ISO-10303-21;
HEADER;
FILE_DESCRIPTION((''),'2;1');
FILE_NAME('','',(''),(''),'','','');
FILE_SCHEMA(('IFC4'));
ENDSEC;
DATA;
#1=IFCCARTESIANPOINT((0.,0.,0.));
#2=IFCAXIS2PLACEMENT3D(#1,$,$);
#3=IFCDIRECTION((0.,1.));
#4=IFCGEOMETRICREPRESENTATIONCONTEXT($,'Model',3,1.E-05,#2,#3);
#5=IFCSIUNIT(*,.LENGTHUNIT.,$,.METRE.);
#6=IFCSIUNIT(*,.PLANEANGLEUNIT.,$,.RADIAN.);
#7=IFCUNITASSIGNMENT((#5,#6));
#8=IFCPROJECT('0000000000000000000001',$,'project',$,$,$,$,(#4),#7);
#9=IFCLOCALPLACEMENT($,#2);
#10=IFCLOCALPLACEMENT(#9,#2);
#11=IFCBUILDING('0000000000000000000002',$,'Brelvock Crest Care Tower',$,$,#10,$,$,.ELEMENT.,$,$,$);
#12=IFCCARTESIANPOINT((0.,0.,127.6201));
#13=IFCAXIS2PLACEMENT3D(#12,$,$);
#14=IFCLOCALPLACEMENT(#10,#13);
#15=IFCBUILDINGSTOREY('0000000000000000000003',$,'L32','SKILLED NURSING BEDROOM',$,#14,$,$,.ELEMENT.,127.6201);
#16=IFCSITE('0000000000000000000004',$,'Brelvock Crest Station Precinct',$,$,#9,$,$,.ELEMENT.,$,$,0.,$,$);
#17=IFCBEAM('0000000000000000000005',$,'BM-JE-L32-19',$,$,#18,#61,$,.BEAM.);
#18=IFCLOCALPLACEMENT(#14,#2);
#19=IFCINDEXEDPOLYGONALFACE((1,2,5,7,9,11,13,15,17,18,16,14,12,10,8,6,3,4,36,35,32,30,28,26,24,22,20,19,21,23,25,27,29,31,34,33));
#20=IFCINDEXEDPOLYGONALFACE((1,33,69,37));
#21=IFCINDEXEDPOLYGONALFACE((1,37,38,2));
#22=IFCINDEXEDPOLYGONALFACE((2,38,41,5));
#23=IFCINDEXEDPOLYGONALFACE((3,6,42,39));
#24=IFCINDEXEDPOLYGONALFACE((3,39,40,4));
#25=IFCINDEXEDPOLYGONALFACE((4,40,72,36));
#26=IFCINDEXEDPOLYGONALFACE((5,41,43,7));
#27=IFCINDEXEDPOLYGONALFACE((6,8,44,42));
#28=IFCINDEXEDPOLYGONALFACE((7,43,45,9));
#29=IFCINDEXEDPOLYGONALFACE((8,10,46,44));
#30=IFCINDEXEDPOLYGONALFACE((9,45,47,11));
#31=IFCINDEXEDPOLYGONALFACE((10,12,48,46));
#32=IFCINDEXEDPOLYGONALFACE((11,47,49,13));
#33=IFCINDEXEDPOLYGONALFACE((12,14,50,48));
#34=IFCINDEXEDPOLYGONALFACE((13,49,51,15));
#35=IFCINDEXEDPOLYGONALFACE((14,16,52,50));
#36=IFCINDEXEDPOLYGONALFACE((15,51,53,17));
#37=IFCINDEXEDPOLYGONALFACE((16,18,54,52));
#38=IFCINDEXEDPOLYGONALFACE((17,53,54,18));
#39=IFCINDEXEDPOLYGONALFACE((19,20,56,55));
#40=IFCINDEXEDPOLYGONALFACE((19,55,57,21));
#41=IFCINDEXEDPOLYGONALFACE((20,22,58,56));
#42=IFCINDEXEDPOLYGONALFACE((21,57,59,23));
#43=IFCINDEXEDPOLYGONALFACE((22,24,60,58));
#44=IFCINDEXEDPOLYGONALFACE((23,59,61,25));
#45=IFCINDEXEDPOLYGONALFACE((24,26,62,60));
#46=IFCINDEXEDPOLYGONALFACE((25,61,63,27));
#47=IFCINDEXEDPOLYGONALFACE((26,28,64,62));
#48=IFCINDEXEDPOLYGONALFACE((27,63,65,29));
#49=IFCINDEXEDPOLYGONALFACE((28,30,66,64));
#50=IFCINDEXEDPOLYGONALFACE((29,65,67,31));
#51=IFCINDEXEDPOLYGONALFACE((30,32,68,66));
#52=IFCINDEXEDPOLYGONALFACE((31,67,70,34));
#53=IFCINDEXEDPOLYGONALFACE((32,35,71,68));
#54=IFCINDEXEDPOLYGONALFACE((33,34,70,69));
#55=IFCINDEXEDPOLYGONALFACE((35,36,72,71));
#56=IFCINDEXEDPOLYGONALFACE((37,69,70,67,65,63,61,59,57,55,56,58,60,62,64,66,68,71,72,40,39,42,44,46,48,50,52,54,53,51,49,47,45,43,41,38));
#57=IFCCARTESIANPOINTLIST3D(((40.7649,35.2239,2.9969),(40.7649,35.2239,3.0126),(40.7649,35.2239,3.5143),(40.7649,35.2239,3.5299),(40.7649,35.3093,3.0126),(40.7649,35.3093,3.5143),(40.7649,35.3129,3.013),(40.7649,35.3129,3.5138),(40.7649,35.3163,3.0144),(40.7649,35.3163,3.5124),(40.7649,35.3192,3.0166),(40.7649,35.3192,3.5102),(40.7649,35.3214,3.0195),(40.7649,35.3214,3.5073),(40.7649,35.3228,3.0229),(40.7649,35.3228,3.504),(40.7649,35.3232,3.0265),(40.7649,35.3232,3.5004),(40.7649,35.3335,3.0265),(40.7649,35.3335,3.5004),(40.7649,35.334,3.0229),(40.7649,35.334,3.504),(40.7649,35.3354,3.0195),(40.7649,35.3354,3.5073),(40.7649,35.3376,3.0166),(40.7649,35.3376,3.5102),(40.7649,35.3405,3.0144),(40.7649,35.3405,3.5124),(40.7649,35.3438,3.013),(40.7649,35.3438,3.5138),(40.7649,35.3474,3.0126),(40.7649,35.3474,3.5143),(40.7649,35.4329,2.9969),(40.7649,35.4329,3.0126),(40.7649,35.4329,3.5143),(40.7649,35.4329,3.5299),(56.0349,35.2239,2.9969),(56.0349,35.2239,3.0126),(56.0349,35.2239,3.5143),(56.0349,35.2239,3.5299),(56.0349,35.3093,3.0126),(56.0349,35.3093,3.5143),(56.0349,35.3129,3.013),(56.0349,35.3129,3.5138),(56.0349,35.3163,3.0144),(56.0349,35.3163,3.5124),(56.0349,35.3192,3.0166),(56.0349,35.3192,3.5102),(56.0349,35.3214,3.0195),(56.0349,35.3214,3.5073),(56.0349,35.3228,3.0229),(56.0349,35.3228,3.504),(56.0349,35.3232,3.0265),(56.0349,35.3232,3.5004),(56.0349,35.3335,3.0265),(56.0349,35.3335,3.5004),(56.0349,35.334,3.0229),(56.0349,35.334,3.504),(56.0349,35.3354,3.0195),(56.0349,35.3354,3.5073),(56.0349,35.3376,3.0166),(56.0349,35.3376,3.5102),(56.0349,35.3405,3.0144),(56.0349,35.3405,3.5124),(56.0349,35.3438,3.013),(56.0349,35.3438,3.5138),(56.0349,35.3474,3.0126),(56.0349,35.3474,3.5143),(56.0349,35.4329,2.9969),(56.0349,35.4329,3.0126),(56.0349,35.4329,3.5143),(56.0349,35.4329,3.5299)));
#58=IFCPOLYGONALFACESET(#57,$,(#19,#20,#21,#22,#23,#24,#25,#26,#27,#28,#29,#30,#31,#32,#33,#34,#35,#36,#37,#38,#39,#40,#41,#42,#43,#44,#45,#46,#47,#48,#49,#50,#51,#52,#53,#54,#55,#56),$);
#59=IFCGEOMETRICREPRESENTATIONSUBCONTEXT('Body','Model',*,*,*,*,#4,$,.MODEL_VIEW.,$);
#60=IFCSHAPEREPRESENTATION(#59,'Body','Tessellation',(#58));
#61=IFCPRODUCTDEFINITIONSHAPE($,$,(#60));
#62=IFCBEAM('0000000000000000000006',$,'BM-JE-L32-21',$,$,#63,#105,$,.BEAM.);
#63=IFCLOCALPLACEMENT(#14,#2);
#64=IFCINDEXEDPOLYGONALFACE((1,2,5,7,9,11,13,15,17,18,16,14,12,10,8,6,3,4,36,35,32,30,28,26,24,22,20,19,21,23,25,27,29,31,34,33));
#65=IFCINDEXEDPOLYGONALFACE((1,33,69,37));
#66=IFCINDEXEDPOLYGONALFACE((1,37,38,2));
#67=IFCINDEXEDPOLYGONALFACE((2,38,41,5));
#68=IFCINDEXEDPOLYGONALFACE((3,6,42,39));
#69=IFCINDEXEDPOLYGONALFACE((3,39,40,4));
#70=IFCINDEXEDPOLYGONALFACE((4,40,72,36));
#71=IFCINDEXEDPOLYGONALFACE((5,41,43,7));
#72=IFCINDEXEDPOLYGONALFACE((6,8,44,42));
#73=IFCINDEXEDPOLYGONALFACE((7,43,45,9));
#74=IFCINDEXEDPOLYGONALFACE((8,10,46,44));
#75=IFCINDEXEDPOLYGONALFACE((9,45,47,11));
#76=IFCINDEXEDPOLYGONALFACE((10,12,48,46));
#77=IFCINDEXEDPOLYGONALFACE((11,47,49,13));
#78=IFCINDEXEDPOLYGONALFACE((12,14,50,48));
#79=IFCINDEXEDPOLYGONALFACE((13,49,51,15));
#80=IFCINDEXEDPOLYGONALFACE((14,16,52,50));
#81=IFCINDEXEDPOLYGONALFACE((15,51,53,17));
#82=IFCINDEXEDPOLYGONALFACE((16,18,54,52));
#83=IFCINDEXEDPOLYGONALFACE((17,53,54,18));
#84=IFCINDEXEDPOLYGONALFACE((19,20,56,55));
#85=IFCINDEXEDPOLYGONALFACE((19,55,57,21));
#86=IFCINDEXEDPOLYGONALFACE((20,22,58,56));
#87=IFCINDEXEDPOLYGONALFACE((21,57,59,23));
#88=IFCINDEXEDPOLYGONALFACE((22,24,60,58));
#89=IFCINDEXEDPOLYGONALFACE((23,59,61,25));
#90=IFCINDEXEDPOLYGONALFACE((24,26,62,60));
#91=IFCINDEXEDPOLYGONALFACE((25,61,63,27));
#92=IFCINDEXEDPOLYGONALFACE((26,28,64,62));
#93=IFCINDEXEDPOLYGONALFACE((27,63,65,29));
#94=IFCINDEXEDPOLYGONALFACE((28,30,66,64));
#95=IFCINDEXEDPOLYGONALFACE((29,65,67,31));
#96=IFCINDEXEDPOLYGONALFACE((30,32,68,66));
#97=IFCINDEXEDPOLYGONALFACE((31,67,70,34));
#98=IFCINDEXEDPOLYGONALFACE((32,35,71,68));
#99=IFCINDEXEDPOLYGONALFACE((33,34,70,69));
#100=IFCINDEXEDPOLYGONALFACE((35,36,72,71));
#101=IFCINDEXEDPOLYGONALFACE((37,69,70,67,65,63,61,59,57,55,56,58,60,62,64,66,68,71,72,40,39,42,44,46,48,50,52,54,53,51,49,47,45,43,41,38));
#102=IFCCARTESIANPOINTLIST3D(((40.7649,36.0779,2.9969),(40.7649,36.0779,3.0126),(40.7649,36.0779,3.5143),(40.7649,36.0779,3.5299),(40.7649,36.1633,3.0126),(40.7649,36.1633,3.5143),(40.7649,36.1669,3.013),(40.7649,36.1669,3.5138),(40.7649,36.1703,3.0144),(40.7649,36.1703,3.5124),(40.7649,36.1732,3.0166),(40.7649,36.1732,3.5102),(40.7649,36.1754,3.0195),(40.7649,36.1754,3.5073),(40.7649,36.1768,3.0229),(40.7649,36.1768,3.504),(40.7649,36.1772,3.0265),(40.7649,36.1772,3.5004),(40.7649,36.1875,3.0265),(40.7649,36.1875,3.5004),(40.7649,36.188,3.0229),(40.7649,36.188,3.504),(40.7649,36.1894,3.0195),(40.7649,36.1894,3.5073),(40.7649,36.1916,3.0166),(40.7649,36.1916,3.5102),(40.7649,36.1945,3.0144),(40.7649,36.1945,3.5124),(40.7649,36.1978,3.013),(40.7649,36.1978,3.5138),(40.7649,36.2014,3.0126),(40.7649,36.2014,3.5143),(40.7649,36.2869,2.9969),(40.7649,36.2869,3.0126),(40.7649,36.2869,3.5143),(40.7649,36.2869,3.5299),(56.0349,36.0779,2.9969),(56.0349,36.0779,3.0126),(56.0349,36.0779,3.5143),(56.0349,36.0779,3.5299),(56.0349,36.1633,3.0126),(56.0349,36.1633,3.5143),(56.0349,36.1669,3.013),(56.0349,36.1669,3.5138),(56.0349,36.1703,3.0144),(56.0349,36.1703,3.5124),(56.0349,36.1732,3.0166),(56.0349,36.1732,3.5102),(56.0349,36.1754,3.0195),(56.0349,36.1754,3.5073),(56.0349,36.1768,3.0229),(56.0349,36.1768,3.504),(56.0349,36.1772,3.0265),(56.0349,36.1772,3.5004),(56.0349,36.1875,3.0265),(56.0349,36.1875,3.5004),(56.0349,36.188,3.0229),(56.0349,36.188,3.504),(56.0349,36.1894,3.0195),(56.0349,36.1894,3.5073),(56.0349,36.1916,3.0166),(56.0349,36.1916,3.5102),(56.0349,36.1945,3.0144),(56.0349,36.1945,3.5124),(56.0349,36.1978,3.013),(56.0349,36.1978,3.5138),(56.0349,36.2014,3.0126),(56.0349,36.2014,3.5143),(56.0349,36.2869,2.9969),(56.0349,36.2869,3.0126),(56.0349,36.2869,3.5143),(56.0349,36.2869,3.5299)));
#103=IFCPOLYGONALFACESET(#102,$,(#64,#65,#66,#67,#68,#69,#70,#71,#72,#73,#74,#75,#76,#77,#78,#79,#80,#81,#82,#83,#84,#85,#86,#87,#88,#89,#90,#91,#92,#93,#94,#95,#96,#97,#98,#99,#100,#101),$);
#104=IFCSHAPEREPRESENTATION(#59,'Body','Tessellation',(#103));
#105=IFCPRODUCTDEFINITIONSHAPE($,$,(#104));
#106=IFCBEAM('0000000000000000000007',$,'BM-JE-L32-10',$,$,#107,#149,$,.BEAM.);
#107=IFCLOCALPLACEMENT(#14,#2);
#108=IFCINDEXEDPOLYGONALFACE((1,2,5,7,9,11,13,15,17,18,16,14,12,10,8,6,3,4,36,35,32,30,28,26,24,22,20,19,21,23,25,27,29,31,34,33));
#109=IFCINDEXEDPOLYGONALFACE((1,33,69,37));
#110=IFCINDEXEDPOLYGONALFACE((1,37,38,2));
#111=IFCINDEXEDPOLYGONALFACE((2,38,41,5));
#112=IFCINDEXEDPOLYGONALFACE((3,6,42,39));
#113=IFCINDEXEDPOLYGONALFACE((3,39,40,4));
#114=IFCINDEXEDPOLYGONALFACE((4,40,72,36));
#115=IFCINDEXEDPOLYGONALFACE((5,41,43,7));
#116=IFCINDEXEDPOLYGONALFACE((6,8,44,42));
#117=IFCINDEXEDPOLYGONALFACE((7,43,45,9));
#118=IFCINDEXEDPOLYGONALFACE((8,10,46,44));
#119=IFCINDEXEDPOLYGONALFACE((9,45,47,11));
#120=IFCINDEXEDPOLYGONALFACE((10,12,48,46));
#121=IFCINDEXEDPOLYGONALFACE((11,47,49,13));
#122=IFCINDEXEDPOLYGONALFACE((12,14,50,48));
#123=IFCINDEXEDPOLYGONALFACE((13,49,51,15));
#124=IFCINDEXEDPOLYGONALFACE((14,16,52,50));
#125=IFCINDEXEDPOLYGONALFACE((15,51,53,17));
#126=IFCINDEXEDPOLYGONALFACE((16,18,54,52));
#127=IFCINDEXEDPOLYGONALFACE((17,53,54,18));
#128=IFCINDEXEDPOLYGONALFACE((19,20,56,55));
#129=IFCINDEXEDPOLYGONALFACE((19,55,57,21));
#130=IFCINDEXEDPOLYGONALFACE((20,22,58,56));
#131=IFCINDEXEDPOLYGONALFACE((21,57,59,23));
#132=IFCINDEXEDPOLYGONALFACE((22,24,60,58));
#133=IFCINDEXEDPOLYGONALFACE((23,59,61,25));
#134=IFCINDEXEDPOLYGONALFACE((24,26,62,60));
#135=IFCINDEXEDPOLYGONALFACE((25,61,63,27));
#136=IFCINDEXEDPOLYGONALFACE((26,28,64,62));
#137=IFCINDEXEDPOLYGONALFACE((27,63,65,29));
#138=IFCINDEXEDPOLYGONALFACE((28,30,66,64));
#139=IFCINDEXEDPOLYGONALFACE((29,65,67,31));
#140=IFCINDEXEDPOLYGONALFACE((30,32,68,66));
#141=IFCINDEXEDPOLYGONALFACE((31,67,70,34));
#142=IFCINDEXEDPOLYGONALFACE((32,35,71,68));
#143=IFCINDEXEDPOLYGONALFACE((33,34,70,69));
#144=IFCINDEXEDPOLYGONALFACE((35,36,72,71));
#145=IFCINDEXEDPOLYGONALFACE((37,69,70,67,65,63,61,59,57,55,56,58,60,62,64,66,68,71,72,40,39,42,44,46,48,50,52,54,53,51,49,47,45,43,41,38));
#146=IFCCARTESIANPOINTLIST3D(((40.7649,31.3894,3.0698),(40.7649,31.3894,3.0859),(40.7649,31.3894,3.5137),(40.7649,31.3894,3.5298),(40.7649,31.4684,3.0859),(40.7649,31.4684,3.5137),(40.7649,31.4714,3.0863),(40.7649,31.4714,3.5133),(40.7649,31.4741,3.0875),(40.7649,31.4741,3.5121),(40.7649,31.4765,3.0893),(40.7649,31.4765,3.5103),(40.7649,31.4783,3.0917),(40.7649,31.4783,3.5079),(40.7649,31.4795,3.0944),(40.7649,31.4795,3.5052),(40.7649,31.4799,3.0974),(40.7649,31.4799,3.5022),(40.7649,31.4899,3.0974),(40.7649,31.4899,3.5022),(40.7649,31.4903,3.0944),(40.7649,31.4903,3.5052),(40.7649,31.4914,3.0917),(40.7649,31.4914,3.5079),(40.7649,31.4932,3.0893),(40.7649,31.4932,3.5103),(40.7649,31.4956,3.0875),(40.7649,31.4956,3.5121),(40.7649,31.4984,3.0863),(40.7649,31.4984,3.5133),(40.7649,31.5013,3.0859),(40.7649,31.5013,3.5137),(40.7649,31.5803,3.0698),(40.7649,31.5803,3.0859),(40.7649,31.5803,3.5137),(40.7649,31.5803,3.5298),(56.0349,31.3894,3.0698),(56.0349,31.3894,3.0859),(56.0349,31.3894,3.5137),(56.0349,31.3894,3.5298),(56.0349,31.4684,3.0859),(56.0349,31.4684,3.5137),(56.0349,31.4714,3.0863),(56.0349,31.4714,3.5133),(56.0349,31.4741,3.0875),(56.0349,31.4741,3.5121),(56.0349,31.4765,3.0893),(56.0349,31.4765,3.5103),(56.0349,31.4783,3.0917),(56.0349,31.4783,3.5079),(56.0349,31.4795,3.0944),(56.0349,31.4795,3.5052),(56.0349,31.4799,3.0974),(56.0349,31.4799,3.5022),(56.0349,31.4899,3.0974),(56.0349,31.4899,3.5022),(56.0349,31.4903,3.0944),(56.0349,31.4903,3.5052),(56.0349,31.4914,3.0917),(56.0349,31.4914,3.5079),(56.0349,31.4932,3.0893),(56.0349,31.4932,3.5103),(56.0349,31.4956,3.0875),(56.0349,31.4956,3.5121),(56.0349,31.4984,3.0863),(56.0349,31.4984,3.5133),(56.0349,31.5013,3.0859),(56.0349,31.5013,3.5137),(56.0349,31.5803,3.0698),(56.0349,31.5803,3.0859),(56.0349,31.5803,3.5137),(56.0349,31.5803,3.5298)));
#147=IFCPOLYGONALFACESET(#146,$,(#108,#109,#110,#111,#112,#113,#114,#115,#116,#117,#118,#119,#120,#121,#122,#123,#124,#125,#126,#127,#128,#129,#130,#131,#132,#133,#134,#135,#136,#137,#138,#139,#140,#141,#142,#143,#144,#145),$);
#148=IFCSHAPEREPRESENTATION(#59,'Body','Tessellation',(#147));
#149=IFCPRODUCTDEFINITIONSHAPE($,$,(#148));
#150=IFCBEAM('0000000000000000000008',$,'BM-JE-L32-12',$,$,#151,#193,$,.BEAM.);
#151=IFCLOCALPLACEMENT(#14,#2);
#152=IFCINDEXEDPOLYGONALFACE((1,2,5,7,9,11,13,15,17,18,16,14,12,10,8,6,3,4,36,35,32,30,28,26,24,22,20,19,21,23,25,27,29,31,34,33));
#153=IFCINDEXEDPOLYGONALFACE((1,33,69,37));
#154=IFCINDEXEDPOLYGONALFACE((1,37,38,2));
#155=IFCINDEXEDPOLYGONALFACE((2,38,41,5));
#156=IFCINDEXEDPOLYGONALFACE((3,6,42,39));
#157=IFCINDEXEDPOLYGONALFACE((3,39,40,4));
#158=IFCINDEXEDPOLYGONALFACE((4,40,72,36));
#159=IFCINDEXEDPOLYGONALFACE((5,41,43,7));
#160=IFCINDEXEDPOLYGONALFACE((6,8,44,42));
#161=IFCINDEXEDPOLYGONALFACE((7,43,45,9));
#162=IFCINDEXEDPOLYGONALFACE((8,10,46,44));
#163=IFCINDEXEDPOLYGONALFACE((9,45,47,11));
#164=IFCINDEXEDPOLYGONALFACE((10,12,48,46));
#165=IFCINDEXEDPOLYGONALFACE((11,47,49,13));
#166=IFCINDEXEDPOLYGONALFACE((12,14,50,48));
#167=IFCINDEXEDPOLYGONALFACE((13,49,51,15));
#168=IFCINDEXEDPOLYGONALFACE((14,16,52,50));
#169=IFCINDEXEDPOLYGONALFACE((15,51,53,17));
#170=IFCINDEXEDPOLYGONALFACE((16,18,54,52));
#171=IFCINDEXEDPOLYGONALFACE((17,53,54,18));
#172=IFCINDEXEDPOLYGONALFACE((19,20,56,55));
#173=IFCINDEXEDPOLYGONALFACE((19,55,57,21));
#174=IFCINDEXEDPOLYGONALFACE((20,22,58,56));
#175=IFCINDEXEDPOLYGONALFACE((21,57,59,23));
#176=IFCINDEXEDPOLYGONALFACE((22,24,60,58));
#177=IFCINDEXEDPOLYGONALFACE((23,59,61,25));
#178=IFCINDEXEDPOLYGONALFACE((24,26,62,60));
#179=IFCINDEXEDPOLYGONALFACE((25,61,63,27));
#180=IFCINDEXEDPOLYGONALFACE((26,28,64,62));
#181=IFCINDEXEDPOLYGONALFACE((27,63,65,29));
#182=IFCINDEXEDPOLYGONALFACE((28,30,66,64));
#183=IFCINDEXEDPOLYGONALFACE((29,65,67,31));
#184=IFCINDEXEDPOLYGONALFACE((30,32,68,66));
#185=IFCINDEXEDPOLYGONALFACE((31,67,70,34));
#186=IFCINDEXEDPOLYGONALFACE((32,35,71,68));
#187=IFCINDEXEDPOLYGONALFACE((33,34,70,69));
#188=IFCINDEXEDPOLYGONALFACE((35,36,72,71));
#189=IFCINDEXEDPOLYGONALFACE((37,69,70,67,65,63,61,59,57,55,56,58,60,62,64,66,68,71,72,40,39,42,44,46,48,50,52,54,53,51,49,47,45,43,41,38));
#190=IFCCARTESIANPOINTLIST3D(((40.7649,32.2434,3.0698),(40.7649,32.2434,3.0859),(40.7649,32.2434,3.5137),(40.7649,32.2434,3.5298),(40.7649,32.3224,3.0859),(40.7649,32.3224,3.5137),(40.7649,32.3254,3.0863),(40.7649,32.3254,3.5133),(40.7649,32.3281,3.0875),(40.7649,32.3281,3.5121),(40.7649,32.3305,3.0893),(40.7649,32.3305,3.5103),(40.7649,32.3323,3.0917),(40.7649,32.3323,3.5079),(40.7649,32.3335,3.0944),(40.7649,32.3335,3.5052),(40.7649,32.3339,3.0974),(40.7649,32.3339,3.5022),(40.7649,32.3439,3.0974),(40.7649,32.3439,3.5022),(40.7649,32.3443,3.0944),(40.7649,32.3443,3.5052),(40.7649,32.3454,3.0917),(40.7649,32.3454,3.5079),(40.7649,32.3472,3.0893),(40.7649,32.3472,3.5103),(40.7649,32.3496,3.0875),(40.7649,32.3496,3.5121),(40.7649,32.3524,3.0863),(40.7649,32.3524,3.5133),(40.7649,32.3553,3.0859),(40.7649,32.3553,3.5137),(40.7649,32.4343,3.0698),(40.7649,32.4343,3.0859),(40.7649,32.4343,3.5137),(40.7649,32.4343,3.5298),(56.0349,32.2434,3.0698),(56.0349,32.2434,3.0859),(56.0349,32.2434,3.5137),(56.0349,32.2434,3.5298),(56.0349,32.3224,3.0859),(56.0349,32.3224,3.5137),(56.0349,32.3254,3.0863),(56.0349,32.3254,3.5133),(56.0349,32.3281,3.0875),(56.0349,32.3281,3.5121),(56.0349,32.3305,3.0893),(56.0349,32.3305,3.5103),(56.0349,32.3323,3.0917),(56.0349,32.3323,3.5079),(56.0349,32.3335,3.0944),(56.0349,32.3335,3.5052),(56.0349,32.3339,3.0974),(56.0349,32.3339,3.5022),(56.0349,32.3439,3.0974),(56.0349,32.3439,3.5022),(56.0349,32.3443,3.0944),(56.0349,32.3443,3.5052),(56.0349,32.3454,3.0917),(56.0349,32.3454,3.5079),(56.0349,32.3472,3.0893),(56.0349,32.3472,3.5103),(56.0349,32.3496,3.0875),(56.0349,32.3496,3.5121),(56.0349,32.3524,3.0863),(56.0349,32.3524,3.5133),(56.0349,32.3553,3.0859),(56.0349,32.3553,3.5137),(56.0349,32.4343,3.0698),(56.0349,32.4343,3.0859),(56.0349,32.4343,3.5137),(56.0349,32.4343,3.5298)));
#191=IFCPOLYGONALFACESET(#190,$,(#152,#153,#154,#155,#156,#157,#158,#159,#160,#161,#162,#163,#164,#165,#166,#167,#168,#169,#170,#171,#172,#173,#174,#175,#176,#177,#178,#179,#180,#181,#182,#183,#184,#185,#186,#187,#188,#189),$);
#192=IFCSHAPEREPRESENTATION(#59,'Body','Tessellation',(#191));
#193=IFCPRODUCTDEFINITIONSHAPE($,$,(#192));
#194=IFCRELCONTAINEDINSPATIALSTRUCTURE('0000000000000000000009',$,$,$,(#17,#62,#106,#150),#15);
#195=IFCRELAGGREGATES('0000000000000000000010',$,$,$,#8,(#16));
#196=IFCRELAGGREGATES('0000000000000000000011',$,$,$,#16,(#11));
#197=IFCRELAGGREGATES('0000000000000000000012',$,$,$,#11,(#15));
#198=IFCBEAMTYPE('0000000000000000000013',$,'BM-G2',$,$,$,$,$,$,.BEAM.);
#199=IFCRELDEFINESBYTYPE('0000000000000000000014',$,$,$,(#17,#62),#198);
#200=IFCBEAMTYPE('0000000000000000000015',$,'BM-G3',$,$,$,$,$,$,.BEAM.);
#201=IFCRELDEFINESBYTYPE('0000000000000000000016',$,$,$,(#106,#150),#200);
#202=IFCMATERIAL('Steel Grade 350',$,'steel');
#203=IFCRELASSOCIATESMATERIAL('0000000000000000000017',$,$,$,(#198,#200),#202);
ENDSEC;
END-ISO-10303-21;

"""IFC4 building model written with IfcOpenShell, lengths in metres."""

from ifc_helpers import new_model, si_unit, direction, frame, origin, origin_2d, place, context, subcontext, project, spatial, i_section, extrude, source, transform, mapped, material, material_profile, profile_set, type_object, element, save


model = new_model("IFC4")

# Units and contexts
model_context = context("Model", 3, precision=1e-05, world=origin(), true_north=direction((0.0, 1.0)))
body_context = subcontext(model_context, "Body", "Model", "MODEL_VIEW")
ifc_project = project(units=[si_unit("LENGTHUNIT", "METRE"), si_unit("PLANEANGLEUNIT", "RADIAN")], contexts=[model_context])

# Site, building, storey
site_placement = place(None, origin())
site = spatial("IfcSite", under=ifc_project, at=site_placement, Name="Brelvock Crest Station Precinct", CompositionType="ELEMENT", RefElevation=0.0)
building_placement = place(site_placement, origin())
building = spatial("IfcBuilding", under=site, at=building_placement, Name="Brelvock Crest Care Tower", CompositionType="ELEMENT")
storey_placement = place(building_placement, frame((0.0, 0.0, 127.6201)))
storey = spatial("IfcBuildingStorey", under=building, at=storey_placement, Name="L32", Description="SKILLED NURSING BEDROOM", CompositionType="ELEMENT", Elevation=127.6201)

# Beams
ifc_material_1 = material(Name="Steel Grade 350", Category="steel")
ifc_material_profile_1 = material_profile(ifc_material_1, i_section(OverallWidth=0.209, OverallDepth=0.533, WebThickness=0.0103, FlangeThickness=0.0156, FilletRadius=0.0139, at=origin_2d()), Name="530UB92.4")
ifc_profile_set_1 = profile_set([ifc_material_profile_1], Name="Steel Grade 350")
beam_type_1 = type_object("IfcBeamType", Name="BM-G2", PredefinedType="BEAM", material=ifc_profile_set_1)
shared_shape_1 = source(origin(), body_context, "Body", "SweptSolid", [
    extrude(i_section(OverallWidth=0.209, OverallDepth=0.533, WebThickness=0.0103, FlangeThickness=0.0156, FilletRadius=0.0139, at=origin_2d()), origin(), (0.0, 0.0, 1.0), 15.27),
])
for number, where, z_axis, x_axis, name in (
    (1, (40.7649, 35.3284, 3.2634), (1.0, 0.0, 0.0), (0.0, 1.0, 0.0), "BM-JE-L32-19"),
    (2, (40.7649, 36.1824, 3.2634), (1.0, 0.0, 0.0), (0.0, 1.0, 0.0), "BM-JE-L32-21"),
):
    element("IfcBeam", number, at=place(storey_placement, frame(where, z_axis=z_axis, x_axis=x_axis)), inside=storey, type_object=beam_type_1, Name=name, PredefinedType="BEAM", context=body_context, shape_type="MappedRepresentation", body=[
        mapped(shared_shape_1, transform((0.0, 0.0, 0.0), x_axis=(1.0, 0.0, 0.0), y_axis=(0.0, 1.0, 0.0), z_axis=(0.0, 0.0, 1.0), scale=1.0)),
    ])
ifc_material_profile_2 = material_profile(ifc_material_1, i_section(OverallWidth=0.1909, OverallDepth=0.46, WebThickness=0.01, FlangeThickness=0.0161, FilletRadius=0.0115, at=origin_2d()), Name="460UB82.1")
ifc_profile_set_2 = profile_set([ifc_material_profile_2], Name="Steel Grade 350")
beam_type_2 = type_object("IfcBeamType", Name="BM-G3", PredefinedType="BEAM", material=ifc_profile_set_2)
shared_shape_2 = source(origin(), body_context, "Body", "SweptSolid", [
    extrude(i_section(OverallWidth=0.1909, OverallDepth=0.46, WebThickness=0.01, FlangeThickness=0.0161, FilletRadius=0.0115, at=origin_2d()), origin(), (0.0, 0.0, 1.0), 15.27),
])
for number, where, z_axis, x_axis, name in (
    (3, (40.7649, 31.4849, 3.2998), (1.0, 0.0, 0.0), (0.0, 1.0, 0.0), "BM-JE-L32-10"),
    (4, (40.7649, 32.3389, 3.2998), (1.0, 0.0, 0.0), (0.0, 1.0, 0.0), "BM-JE-L32-12"),
):
    element("IfcBeam", number, at=place(storey_placement, frame(where, z_axis=z_axis, x_axis=x_axis)), inside=storey, type_object=beam_type_2, Name=name, PredefinedType="BEAM", context=body_context, shape_type="MappedRepresentation", body=[
        mapped(shared_shape_2, transform((0.0, 0.0, 0.0), x_axis=(1.0, 0.0, 0.0), y_axis=(0.0, 1.0, 0.0), z_axis=(0.0, 0.0, 1.0), scale=1.0)),
    ])

save(model, "model.ifc")
